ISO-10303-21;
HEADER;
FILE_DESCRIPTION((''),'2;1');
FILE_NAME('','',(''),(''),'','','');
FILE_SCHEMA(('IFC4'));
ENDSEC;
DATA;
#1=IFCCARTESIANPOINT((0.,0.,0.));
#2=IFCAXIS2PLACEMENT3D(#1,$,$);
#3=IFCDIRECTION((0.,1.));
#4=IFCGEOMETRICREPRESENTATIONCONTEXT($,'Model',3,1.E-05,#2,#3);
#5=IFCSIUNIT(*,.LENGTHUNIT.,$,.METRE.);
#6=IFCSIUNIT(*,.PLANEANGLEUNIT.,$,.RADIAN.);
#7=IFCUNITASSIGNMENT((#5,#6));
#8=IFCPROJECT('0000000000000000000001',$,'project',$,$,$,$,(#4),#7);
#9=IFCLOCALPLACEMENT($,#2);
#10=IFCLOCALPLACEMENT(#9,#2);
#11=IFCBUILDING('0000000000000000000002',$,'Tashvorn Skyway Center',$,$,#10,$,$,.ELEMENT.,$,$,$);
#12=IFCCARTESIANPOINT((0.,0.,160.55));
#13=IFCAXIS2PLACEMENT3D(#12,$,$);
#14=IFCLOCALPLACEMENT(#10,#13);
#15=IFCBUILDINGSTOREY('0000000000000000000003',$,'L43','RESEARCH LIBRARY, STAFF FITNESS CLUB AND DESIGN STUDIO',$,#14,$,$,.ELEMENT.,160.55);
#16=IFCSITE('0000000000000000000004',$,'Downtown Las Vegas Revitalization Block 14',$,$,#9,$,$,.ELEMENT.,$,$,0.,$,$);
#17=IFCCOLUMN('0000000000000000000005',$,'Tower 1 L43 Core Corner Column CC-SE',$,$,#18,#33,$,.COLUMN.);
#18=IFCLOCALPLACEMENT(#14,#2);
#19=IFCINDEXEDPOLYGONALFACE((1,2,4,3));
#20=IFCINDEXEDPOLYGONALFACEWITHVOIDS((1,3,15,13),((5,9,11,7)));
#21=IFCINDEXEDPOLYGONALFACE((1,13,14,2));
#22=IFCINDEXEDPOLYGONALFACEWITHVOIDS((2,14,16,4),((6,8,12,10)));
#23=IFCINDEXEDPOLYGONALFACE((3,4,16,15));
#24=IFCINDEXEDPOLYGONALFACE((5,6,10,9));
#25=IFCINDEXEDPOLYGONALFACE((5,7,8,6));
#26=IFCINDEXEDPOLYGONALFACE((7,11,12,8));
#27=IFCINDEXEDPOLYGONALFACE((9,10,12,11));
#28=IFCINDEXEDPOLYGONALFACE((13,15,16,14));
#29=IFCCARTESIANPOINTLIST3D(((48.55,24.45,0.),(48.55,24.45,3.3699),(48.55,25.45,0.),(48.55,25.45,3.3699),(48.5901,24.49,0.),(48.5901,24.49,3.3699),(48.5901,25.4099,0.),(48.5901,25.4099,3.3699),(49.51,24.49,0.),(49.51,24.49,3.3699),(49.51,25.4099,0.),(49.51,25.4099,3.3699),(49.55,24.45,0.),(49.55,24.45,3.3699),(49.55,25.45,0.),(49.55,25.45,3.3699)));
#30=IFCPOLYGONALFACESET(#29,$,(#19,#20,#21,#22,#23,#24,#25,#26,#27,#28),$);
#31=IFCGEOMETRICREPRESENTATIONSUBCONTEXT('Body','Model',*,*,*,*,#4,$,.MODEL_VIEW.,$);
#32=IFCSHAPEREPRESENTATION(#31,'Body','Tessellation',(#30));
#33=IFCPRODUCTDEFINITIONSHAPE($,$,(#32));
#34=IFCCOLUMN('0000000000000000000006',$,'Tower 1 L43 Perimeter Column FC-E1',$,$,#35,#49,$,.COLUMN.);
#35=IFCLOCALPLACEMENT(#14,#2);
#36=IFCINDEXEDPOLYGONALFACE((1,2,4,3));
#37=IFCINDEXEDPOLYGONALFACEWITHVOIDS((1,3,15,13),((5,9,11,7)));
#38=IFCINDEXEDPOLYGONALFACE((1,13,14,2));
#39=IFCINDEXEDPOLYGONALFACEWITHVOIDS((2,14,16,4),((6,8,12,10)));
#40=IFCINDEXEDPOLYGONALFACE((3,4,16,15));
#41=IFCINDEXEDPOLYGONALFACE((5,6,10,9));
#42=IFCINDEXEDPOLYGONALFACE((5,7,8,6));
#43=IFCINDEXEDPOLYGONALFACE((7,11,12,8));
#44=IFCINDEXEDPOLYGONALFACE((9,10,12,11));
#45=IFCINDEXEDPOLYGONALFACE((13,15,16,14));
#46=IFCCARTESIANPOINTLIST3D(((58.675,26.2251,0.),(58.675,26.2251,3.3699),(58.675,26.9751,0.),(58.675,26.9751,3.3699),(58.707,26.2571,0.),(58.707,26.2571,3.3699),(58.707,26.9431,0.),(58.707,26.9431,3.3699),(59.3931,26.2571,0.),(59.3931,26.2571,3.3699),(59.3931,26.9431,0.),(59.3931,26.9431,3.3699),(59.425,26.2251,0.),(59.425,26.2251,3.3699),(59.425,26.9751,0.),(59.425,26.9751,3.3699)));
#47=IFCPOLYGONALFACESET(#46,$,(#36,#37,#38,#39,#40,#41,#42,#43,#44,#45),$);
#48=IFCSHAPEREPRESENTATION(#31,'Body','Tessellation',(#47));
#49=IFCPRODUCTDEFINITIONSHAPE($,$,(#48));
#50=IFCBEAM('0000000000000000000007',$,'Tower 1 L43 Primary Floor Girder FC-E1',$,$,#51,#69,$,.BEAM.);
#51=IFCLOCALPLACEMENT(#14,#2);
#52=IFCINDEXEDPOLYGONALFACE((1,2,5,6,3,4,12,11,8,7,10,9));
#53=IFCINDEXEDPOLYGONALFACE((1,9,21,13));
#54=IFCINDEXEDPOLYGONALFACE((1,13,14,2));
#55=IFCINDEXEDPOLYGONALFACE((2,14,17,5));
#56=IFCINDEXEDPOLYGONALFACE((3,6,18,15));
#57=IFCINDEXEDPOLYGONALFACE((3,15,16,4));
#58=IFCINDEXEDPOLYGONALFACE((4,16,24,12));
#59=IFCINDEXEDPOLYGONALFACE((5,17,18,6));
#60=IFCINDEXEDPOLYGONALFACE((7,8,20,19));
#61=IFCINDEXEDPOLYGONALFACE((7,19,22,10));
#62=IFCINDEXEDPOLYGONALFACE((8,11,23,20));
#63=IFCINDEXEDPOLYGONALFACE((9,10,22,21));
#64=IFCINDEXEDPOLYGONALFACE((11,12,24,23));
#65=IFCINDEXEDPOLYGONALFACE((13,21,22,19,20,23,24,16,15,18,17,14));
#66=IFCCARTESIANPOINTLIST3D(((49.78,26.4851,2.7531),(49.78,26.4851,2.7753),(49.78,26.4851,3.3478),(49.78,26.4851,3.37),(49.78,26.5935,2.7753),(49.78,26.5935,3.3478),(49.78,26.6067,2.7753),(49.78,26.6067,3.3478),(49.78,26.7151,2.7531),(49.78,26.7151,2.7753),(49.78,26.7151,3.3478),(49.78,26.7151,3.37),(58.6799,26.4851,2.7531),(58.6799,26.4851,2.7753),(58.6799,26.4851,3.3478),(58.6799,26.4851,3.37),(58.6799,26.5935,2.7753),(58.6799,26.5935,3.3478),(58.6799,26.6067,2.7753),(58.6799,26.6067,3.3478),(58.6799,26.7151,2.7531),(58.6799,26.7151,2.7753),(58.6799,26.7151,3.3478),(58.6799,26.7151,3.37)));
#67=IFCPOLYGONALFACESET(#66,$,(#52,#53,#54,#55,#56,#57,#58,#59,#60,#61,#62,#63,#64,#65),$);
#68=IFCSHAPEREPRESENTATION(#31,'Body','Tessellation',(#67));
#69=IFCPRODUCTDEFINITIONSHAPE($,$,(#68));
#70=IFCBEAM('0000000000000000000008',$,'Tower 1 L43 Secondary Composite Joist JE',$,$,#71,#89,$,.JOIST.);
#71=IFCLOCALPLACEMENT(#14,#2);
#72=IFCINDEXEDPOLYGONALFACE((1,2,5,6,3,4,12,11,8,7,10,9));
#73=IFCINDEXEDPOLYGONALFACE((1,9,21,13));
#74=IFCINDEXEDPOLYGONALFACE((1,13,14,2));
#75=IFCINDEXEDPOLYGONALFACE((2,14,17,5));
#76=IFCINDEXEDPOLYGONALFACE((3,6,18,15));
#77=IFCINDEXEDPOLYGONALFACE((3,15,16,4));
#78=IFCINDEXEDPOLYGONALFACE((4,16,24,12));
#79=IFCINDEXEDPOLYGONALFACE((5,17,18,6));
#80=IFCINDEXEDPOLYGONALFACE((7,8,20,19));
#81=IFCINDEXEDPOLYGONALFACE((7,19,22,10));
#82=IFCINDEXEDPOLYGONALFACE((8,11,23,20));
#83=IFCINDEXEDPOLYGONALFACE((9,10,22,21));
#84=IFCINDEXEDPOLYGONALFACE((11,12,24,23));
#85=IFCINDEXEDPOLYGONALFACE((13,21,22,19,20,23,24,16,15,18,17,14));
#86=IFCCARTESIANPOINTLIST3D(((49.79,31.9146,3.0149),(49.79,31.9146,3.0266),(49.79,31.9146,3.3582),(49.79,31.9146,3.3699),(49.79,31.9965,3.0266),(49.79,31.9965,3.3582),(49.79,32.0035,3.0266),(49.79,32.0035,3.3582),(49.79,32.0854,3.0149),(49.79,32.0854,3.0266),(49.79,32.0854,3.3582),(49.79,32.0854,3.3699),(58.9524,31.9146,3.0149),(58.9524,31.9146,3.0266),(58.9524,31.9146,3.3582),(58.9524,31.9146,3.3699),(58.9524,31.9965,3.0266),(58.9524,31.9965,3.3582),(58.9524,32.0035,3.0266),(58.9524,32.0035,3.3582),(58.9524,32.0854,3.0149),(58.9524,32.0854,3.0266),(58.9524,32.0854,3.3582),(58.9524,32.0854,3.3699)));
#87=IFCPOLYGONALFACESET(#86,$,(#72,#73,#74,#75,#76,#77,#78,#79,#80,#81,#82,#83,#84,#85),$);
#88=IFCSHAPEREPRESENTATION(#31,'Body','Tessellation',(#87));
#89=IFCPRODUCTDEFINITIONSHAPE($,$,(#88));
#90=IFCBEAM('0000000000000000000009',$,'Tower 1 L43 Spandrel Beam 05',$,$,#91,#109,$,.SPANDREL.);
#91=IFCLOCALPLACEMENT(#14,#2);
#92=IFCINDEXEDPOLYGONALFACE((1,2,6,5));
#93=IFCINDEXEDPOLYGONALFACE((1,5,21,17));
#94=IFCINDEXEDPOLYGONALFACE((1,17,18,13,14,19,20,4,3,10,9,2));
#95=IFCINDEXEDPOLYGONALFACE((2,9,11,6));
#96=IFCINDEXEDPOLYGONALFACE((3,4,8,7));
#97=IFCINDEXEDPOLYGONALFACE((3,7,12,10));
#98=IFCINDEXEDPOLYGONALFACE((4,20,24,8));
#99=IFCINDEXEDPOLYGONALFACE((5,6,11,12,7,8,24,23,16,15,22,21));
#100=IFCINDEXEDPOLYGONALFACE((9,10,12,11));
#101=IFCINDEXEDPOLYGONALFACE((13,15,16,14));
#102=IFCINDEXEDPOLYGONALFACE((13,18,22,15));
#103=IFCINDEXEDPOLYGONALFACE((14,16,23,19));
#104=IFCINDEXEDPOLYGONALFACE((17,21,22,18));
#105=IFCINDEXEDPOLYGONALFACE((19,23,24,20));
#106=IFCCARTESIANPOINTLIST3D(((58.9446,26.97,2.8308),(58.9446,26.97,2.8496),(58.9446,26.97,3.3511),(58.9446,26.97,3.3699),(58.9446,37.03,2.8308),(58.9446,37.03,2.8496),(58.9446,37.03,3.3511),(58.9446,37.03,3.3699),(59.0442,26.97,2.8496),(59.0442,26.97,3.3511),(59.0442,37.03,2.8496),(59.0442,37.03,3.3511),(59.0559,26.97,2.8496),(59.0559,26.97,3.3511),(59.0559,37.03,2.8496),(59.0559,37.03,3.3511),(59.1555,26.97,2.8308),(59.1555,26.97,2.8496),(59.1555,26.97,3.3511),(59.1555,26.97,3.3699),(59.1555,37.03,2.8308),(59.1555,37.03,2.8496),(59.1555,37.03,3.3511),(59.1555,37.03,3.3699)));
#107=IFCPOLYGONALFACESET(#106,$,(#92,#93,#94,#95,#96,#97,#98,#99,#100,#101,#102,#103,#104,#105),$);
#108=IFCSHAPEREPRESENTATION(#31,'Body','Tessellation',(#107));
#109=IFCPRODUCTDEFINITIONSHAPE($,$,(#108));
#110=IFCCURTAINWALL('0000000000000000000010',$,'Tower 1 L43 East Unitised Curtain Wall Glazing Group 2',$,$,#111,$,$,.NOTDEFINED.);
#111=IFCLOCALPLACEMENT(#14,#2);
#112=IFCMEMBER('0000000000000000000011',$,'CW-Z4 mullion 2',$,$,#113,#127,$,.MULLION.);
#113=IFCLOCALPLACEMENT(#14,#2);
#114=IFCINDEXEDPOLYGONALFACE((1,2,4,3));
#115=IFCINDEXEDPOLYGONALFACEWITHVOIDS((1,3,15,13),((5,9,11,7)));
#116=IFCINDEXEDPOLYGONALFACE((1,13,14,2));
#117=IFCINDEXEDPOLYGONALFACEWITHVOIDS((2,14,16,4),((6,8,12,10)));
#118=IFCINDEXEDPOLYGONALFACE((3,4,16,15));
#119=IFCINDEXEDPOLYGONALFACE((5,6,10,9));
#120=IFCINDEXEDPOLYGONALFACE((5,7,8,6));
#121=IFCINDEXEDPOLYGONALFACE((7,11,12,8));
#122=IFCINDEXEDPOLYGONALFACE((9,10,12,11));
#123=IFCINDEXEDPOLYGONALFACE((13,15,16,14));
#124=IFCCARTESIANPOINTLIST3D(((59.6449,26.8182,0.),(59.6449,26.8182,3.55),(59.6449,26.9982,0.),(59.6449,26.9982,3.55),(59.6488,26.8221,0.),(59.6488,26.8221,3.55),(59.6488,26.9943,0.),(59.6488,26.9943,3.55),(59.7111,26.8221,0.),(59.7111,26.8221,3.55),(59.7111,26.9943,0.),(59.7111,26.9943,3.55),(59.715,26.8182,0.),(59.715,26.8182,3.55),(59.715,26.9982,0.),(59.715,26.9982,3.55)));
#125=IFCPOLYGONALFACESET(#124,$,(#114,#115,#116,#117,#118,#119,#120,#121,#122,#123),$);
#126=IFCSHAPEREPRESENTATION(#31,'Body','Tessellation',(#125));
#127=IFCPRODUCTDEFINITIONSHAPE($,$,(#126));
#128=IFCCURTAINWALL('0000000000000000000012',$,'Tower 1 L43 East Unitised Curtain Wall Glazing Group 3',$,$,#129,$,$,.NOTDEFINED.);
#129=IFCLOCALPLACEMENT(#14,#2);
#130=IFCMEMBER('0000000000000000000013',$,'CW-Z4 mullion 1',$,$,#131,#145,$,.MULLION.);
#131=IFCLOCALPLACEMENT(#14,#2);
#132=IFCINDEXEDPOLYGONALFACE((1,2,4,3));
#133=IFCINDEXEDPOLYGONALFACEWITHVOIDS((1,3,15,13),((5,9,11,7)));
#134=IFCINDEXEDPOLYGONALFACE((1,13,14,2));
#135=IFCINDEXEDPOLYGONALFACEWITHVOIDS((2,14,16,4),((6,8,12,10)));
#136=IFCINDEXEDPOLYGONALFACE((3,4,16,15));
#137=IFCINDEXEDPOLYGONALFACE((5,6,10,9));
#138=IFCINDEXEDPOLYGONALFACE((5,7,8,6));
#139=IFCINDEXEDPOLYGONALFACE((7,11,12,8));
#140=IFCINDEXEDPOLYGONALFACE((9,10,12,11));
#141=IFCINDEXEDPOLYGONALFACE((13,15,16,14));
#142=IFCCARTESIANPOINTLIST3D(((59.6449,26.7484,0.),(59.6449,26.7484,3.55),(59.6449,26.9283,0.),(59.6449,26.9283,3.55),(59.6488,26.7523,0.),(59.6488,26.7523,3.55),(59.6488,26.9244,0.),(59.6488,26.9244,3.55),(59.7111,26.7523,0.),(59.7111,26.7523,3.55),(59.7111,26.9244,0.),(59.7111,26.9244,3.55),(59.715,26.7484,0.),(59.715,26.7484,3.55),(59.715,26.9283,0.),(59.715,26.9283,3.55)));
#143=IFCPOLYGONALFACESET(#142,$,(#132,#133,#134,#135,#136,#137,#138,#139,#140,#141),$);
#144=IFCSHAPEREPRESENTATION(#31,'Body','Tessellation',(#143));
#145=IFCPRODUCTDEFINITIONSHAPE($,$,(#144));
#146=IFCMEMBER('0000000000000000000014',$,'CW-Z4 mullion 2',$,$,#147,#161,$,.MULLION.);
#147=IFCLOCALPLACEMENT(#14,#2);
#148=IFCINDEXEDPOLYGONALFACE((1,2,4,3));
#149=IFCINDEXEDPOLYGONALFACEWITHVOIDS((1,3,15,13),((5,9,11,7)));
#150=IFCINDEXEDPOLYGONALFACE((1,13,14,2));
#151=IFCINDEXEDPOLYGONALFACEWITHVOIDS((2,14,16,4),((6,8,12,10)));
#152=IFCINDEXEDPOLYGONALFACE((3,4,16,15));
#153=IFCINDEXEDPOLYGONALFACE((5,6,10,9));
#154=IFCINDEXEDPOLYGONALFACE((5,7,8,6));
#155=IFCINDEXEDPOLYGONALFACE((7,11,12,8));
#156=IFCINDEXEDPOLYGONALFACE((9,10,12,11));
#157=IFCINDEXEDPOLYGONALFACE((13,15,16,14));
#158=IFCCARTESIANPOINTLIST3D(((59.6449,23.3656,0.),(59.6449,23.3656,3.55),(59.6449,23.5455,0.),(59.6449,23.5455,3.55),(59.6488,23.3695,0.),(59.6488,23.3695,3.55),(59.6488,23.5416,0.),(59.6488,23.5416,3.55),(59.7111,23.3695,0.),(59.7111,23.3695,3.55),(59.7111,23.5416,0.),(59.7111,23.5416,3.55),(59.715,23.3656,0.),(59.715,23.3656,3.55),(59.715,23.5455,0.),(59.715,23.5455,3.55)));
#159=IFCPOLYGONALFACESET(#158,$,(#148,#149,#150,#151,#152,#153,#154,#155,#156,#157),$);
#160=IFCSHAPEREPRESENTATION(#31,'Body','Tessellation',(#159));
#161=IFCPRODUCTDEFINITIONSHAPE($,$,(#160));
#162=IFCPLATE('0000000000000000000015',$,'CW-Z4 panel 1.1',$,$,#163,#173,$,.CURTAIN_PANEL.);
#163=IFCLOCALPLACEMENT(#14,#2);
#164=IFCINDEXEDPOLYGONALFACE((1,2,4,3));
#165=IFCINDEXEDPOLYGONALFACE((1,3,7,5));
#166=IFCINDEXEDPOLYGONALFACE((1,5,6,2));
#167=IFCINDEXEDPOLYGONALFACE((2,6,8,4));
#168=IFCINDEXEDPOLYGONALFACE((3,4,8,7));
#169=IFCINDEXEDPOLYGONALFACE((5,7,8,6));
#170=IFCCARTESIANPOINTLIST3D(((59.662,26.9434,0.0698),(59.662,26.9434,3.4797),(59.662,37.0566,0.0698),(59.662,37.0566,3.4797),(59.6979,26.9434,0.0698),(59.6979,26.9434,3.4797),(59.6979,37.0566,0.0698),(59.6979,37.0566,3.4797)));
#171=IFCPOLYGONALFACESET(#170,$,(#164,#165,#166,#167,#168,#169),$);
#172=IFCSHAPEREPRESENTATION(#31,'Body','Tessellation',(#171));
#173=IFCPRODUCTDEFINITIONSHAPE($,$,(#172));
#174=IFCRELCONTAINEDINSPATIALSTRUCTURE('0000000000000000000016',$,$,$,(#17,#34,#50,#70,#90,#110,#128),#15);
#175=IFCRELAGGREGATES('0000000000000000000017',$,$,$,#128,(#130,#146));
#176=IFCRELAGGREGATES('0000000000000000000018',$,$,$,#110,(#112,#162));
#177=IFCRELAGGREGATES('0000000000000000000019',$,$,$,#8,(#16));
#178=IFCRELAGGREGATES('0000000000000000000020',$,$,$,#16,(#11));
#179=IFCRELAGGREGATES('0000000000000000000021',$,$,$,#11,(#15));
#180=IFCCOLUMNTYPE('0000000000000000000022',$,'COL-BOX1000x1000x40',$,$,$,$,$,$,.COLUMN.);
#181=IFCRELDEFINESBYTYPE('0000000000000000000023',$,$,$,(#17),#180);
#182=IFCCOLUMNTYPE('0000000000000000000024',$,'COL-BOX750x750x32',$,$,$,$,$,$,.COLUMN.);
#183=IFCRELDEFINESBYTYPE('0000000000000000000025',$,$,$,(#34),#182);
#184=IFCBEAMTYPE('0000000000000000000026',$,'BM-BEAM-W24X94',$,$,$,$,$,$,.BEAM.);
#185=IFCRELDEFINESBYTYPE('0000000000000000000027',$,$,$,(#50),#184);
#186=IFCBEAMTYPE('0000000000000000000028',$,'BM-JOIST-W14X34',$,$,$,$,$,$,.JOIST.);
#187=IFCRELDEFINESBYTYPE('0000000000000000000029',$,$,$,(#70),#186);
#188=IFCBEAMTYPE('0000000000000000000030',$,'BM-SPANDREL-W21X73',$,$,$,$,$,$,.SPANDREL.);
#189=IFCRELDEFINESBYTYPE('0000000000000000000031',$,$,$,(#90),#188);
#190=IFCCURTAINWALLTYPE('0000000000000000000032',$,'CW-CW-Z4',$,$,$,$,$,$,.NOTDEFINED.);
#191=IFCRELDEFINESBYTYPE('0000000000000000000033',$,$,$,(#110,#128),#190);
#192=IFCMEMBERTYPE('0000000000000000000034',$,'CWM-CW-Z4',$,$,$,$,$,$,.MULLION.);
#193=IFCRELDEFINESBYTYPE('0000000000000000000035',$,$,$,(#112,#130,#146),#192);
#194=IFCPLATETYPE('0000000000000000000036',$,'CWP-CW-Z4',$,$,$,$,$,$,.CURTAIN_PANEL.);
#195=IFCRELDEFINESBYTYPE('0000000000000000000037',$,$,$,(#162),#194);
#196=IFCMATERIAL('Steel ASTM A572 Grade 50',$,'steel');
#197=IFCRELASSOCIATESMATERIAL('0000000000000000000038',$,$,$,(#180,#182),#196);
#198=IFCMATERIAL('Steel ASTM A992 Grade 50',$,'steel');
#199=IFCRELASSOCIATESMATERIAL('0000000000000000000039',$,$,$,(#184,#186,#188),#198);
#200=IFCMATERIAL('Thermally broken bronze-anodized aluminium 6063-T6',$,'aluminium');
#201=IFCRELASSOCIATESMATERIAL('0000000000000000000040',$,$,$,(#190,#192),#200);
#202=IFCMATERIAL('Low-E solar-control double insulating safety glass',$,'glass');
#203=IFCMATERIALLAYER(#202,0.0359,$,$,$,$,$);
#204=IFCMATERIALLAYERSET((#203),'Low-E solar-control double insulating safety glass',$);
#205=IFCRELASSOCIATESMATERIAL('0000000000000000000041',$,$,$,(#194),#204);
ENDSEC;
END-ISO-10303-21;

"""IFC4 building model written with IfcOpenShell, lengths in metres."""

from ifc_helpers import new_model, si_unit, direction, frame, origin, origin_2d, place, context, subcontext, project, spatial, rectangle, hollow_rectangle, i_section, extrude, material, layer, layer_set, material_profile, profile_set, type_object, element, aggregate, save


model = new_model("IFC4")

# Units and contexts
model_context = context("Model", 3, precision=1e-05, world=origin(), true_north=direction((0.0, 1.0)))
body_context = subcontext(model_context, "Body", "Model", "MODEL_VIEW")
ifc_project = project(units=[si_unit("LENGTHUNIT", "METRE"), si_unit("PLANEANGLEUNIT", "RADIAN")], contexts=[model_context])

# Site, building, storey
site_placement = place(None, origin())
site = spatial("IfcSite", under=ifc_project, at=site_placement, Name="Downtown Las Vegas Revitalization Block 14", CompositionType="ELEMENT", RefElevation=0.0)
building_placement = place(site_placement, origin())
building = spatial("IfcBuilding", under=site, at=building_placement, Name="Tashvorn Skyway Center", CompositionType="ELEMENT")
storey_placement = place(building_placement, frame((0.0, 0.0, 160.55)))
storey = spatial("IfcBuildingStorey", under=building, at=storey_placement, Name="L43", Description="RESEARCH LIBRARY, STAFF FITNESS CLUB AND DESIGN STUDIO", CompositionType="ELEMENT", Elevation=160.55)

# Columns
ifc_material_1 = material(Name="Steel ASTM A572 Grade 50", Category="steel")
ifc_material_profile_1 = material_profile(ifc_material_1, hollow_rectangle(XDim=1.0, YDim=1.0, WallThickness=0.04, at=origin_2d()), Name="BOX1000x1000x40")
ifc_profile_set_1 = profile_set([ifc_material_profile_1], Name="Steel ASTM A572 Grade 50")
column_type_1 = type_object("IfcColumnType", Name="COL-BOX1000x1000x40", PredefinedType="COLUMN", material=ifc_profile_set_1)
column_1_placement = place(storey_placement, frame((49.05, 24.95, 0.0), z_axis=(0.0, 0.0, 1.0), x_axis=(1.0, 0.0, 0.0)))
element("IfcColumn", 1, at=column_1_placement, inside=storey, type_object=column_type_1, Name="Tower 1 L43 Core Corner Column CC-SE", PredefinedType="COLUMN", context=body_context, shape_type="SweptSolid", body=[
    extrude(hollow_rectangle(XDim=1.0, YDim=1.0, WallThickness=0.04, at=origin_2d()), origin(), (0.0, 0.0, 1.0), 3.3699),
])
ifc_material_profile_2 = material_profile(ifc_material_1, hollow_rectangle(XDim=0.75, YDim=0.75, WallThickness=0.032, at=origin_2d()), Name="BOX750x750x32")
ifc_profile_set_2 = profile_set([ifc_material_profile_2], Name="Steel ASTM A572 Grade 50")
column_type_2 = type_object("IfcColumnType", Name="COL-BOX750x750x32", PredefinedType="COLUMN", material=ifc_profile_set_2)
column_2_placement = place(storey_placement, frame((59.05, 26.6001, 0.0), z_axis=(0.0, 0.0, 1.0), x_axis=(1.0, 0.0, 0.0)))
element("IfcColumn", 2, at=column_2_placement, inside=storey, type_object=column_type_2, Name="Tower 1 L43 Perimeter Column FC-E1", PredefinedType="COLUMN", context=body_context, shape_type="SweptSolid", body=[
    extrude(hollow_rectangle(XDim=0.75, YDim=0.75, WallThickness=0.032, at=origin_2d()), origin(), (0.0, 0.0, 1.0), 3.3699),
])

# Beams
ifc_material_2 = material(Name="Steel ASTM A992 Grade 50", Category="steel")
ifc_material_profile_3 = material_profile(ifc_material_2, i_section(OverallWidth=0.23, OverallDepth=0.6169, WebThickness=0.0132, FlangeThickness=0.0222, at=origin_2d()), Name="W24X94")
ifc_profile_set_3 = profile_set([ifc_material_profile_3], Name="Steel ASTM A992 Grade 50")
beam_type_1 = type_object("IfcBeamType", Name="BM-BEAM-W24X94", PredefinedType="BEAM", material=ifc_profile_set_3)
beam_1_placement = place(storey_placement, frame((58.6799, 26.6001, 3.0615), z_axis=(-1.0, 0.0, 0.0), x_axis=(0.0, -1.0, 0.0)))
element("IfcBeam", 3, at=beam_1_placement, inside=storey, type_object=beam_type_1, Name="Tower 1 L43 Primary Floor Girder FC-E1", PredefinedType="BEAM", context=body_context, shape_type="SweptSolid", body=[
    extrude(i_section(OverallWidth=0.23, OverallDepth=0.6169, WebThickness=0.0132, FlangeThickness=0.0222, at=origin_2d()), origin(), (0.0, 0.0, 1.0), 8.8999),
])
ifc_material_profile_4 = material_profile(ifc_material_2, i_section(OverallWidth=0.1709, OverallDepth=0.355, WebThickness=0.0071, FlangeThickness=0.0117, at=origin_2d()), Name="W14X34")
ifc_profile_set_4 = profile_set([ifc_material_profile_4], Name="Steel ASTM A992 Grade 50")
beam_type_2 = type_object("IfcBeamType", Name="BM-JOIST-W14X34", PredefinedType="JOIST", material=ifc_profile_set_4)
beam_2_placement = place(storey_placement, frame((49.79, 32.0, 3.1924), z_axis=(1.0, 0.0, 0.0), x_axis=(0.0, 1.0, 0.0)))
element("IfcBeam", 4, at=beam_2_placement, inside=storey, type_object=beam_type_2, Name="Tower 1 L43 Secondary Composite Joist JE", PredefinedType="JOIST", context=body_context, shape_type="SweptSolid", body=[
    extrude(i_section(OverallWidth=0.1709, OverallDepth=0.355, WebThickness=0.0071, FlangeThickness=0.0117, at=origin_2d()), origin(), (0.0, 0.0, 1.0), 9.1624),
])
ifc_material_profile_5 = material_profile(ifc_material_2, i_section(OverallWidth=0.2109, OverallDepth=0.5391, WebThickness=0.0117, FlangeThickness=0.0188, at=origin_2d()), Name="W21X73")
ifc_profile_set_5 = profile_set([ifc_material_profile_5], Name="Steel ASTM A992 Grade 50")
beam_type_3 = type_object("IfcBeamType", Name="BM-SPANDREL-W21X73", PredefinedType="SPANDREL", material=ifc_profile_set_5)
beam_3_placement = place(storey_placement, frame((59.05, 26.97, 3.1003), z_axis=(0.0, 1.0, 0.0), x_axis=(-1.0, 0.0, 0.0)))
element("IfcBeam", 5, at=beam_3_placement, inside=storey, type_object=beam_type_3, Name="Tower 1 L43 Spandrel Beam 05", PredefinedType="SPANDREL", context=body_context, shape_type="SweptSolid", body=[
    extrude(i_section(OverallWidth=0.2109, OverallDepth=0.5391, WebThickness=0.0117, FlangeThickness=0.0188, at=origin_2d()), origin(), (0.0, 0.0, 1.0), 10.0601),
])

# Curtain wall, member
ifc_material_3 = material(Name="Thermally broken bronze-anodized aluminium 6063-T6", Category="aluminium")
curtain_wall_type = type_object("IfcCurtainWallType", Name="CW-CW-Z4", PredefinedType="NOTDEFINED", material=ifc_material_3)
curtain_wall_1_placement = place(storey_placement, origin())
curtain_wall_1 = element("IfcCurtainWall", 6, at=curtain_wall_1_placement, inside=storey, type_object=curtain_wall_type, Name="Tower 1 L43 East Unitised Curtain Wall Glazing Group 2", PredefinedType="NOTDEFINED")
ifc_material_profile_6 = material_profile(ifc_material_3, hollow_rectangle(XDim=0.0701, YDim=0.1799, WallThickness=0.0039, at=origin_2d()), Name="ALU-MULL-70x180")
ifc_profile_set_6 = profile_set([ifc_material_profile_6], Name="Thermally broken bronze-anodized aluminium 6063-T6")
member_type = type_object("IfcMemberType", Name="CWM-CW-Z4", PredefinedType="MULLION", material=ifc_profile_set_6)
member_1_placement = place(storey_placement, frame((59.6799, 26.9082, 0.0), z_axis=(0.0, 0.0, 1.0), x_axis=(1.0, 0.0, 0.0)))
member_1 = element("IfcMember", 7, at=member_1_placement, type_object=member_type, Name="CW-Z4 mullion 2", PredefinedType="MULLION", context=body_context, shape_type="SweptSolid", body=[
    extrude(hollow_rectangle(XDim=0.0701, YDim=0.1799, WallThickness=0.0039, at=origin_2d()), origin(), (0.0, 0.0, 1.0), 3.55),
])

# Curtain wall, members
curtain_wall_2_placement = place(storey_placement, origin())
curtain_wall_2 = element("IfcCurtainWall", 8, at=curtain_wall_2_placement, inside=storey, type_object=curtain_wall_type, Name="Tower 1 L43 East Unitised Curtain Wall Glazing Group 3", PredefinedType="NOTDEFINED")
member_2_placement = place(storey_placement, frame((59.6799, 26.8384, 0.0), z_axis=(0.0, 0.0, 1.0), x_axis=(1.0, 0.0, 0.0)))
member_2 = element("IfcMember", 9, at=member_2_placement, type_object=member_type, Name="CW-Z4 mullion 1", PredefinedType="MULLION", context=body_context, shape_type="SweptSolid", body=[
    extrude(hollow_rectangle(XDim=0.0701, YDim=0.1799, WallThickness=0.0039, at=origin_2d()), origin(), (0.0, 0.0, 1.0), 3.55),
])
member_3_placement = place(storey_placement, frame((59.6799, 23.4556, 0.0), z_axis=(0.0, 0.0, 1.0), x_axis=(1.0, 0.0, 0.0)))
member_3 = element("IfcMember", 10, at=member_3_placement, type_object=member_type, Name="CW-Z4 mullion 2", PredefinedType="MULLION", context=body_context, shape_type="SweptSolid", body=[
    extrude(hollow_rectangle(XDim=0.0701, YDim=0.1799, WallThickness=0.0039, at=origin_2d()), origin(), (0.0, 0.0, 1.0), 3.55),
])
aggregate(curtain_wall_2, [member_2, member_3])

# Plate
ifc_material_4 = material(Name="Low-E solar-control double insulating safety glass", Category="glass")
ifc_layer_1 = layer(ifc_material_4, 0.0359)
ifc_layer_set_1 = layer_set([ifc_layer_1], Name="Low-E solar-control double insulating safety glass")
plate_type = type_object("IfcPlateType", Name="CWP-CW-Z4", PredefinedType="CURTAIN_PANEL", material=ifc_layer_set_1)
plate_placement = place(storey_placement, frame((59.6799, 32.0, 0.0698), z_axis=(0.0, 0.0, 1.0), x_axis=(0.0, -1.0, 0.0)))
plate = element("IfcPlate", 11, at=plate_placement, type_object=plate_type, Name="CW-Z4 panel 1.1", PredefinedType="CURTAIN_PANEL", context=body_context, shape_type="SweptSolid", body=[
    extrude(rectangle(XDim=10.1133, YDim=0.0359, at=origin_2d()), origin(), (0.0, 0.0, 1.0), 3.4099),
])
aggregate(curtain_wall_1, [member_1, plate])

save(model, "model.ifc")
